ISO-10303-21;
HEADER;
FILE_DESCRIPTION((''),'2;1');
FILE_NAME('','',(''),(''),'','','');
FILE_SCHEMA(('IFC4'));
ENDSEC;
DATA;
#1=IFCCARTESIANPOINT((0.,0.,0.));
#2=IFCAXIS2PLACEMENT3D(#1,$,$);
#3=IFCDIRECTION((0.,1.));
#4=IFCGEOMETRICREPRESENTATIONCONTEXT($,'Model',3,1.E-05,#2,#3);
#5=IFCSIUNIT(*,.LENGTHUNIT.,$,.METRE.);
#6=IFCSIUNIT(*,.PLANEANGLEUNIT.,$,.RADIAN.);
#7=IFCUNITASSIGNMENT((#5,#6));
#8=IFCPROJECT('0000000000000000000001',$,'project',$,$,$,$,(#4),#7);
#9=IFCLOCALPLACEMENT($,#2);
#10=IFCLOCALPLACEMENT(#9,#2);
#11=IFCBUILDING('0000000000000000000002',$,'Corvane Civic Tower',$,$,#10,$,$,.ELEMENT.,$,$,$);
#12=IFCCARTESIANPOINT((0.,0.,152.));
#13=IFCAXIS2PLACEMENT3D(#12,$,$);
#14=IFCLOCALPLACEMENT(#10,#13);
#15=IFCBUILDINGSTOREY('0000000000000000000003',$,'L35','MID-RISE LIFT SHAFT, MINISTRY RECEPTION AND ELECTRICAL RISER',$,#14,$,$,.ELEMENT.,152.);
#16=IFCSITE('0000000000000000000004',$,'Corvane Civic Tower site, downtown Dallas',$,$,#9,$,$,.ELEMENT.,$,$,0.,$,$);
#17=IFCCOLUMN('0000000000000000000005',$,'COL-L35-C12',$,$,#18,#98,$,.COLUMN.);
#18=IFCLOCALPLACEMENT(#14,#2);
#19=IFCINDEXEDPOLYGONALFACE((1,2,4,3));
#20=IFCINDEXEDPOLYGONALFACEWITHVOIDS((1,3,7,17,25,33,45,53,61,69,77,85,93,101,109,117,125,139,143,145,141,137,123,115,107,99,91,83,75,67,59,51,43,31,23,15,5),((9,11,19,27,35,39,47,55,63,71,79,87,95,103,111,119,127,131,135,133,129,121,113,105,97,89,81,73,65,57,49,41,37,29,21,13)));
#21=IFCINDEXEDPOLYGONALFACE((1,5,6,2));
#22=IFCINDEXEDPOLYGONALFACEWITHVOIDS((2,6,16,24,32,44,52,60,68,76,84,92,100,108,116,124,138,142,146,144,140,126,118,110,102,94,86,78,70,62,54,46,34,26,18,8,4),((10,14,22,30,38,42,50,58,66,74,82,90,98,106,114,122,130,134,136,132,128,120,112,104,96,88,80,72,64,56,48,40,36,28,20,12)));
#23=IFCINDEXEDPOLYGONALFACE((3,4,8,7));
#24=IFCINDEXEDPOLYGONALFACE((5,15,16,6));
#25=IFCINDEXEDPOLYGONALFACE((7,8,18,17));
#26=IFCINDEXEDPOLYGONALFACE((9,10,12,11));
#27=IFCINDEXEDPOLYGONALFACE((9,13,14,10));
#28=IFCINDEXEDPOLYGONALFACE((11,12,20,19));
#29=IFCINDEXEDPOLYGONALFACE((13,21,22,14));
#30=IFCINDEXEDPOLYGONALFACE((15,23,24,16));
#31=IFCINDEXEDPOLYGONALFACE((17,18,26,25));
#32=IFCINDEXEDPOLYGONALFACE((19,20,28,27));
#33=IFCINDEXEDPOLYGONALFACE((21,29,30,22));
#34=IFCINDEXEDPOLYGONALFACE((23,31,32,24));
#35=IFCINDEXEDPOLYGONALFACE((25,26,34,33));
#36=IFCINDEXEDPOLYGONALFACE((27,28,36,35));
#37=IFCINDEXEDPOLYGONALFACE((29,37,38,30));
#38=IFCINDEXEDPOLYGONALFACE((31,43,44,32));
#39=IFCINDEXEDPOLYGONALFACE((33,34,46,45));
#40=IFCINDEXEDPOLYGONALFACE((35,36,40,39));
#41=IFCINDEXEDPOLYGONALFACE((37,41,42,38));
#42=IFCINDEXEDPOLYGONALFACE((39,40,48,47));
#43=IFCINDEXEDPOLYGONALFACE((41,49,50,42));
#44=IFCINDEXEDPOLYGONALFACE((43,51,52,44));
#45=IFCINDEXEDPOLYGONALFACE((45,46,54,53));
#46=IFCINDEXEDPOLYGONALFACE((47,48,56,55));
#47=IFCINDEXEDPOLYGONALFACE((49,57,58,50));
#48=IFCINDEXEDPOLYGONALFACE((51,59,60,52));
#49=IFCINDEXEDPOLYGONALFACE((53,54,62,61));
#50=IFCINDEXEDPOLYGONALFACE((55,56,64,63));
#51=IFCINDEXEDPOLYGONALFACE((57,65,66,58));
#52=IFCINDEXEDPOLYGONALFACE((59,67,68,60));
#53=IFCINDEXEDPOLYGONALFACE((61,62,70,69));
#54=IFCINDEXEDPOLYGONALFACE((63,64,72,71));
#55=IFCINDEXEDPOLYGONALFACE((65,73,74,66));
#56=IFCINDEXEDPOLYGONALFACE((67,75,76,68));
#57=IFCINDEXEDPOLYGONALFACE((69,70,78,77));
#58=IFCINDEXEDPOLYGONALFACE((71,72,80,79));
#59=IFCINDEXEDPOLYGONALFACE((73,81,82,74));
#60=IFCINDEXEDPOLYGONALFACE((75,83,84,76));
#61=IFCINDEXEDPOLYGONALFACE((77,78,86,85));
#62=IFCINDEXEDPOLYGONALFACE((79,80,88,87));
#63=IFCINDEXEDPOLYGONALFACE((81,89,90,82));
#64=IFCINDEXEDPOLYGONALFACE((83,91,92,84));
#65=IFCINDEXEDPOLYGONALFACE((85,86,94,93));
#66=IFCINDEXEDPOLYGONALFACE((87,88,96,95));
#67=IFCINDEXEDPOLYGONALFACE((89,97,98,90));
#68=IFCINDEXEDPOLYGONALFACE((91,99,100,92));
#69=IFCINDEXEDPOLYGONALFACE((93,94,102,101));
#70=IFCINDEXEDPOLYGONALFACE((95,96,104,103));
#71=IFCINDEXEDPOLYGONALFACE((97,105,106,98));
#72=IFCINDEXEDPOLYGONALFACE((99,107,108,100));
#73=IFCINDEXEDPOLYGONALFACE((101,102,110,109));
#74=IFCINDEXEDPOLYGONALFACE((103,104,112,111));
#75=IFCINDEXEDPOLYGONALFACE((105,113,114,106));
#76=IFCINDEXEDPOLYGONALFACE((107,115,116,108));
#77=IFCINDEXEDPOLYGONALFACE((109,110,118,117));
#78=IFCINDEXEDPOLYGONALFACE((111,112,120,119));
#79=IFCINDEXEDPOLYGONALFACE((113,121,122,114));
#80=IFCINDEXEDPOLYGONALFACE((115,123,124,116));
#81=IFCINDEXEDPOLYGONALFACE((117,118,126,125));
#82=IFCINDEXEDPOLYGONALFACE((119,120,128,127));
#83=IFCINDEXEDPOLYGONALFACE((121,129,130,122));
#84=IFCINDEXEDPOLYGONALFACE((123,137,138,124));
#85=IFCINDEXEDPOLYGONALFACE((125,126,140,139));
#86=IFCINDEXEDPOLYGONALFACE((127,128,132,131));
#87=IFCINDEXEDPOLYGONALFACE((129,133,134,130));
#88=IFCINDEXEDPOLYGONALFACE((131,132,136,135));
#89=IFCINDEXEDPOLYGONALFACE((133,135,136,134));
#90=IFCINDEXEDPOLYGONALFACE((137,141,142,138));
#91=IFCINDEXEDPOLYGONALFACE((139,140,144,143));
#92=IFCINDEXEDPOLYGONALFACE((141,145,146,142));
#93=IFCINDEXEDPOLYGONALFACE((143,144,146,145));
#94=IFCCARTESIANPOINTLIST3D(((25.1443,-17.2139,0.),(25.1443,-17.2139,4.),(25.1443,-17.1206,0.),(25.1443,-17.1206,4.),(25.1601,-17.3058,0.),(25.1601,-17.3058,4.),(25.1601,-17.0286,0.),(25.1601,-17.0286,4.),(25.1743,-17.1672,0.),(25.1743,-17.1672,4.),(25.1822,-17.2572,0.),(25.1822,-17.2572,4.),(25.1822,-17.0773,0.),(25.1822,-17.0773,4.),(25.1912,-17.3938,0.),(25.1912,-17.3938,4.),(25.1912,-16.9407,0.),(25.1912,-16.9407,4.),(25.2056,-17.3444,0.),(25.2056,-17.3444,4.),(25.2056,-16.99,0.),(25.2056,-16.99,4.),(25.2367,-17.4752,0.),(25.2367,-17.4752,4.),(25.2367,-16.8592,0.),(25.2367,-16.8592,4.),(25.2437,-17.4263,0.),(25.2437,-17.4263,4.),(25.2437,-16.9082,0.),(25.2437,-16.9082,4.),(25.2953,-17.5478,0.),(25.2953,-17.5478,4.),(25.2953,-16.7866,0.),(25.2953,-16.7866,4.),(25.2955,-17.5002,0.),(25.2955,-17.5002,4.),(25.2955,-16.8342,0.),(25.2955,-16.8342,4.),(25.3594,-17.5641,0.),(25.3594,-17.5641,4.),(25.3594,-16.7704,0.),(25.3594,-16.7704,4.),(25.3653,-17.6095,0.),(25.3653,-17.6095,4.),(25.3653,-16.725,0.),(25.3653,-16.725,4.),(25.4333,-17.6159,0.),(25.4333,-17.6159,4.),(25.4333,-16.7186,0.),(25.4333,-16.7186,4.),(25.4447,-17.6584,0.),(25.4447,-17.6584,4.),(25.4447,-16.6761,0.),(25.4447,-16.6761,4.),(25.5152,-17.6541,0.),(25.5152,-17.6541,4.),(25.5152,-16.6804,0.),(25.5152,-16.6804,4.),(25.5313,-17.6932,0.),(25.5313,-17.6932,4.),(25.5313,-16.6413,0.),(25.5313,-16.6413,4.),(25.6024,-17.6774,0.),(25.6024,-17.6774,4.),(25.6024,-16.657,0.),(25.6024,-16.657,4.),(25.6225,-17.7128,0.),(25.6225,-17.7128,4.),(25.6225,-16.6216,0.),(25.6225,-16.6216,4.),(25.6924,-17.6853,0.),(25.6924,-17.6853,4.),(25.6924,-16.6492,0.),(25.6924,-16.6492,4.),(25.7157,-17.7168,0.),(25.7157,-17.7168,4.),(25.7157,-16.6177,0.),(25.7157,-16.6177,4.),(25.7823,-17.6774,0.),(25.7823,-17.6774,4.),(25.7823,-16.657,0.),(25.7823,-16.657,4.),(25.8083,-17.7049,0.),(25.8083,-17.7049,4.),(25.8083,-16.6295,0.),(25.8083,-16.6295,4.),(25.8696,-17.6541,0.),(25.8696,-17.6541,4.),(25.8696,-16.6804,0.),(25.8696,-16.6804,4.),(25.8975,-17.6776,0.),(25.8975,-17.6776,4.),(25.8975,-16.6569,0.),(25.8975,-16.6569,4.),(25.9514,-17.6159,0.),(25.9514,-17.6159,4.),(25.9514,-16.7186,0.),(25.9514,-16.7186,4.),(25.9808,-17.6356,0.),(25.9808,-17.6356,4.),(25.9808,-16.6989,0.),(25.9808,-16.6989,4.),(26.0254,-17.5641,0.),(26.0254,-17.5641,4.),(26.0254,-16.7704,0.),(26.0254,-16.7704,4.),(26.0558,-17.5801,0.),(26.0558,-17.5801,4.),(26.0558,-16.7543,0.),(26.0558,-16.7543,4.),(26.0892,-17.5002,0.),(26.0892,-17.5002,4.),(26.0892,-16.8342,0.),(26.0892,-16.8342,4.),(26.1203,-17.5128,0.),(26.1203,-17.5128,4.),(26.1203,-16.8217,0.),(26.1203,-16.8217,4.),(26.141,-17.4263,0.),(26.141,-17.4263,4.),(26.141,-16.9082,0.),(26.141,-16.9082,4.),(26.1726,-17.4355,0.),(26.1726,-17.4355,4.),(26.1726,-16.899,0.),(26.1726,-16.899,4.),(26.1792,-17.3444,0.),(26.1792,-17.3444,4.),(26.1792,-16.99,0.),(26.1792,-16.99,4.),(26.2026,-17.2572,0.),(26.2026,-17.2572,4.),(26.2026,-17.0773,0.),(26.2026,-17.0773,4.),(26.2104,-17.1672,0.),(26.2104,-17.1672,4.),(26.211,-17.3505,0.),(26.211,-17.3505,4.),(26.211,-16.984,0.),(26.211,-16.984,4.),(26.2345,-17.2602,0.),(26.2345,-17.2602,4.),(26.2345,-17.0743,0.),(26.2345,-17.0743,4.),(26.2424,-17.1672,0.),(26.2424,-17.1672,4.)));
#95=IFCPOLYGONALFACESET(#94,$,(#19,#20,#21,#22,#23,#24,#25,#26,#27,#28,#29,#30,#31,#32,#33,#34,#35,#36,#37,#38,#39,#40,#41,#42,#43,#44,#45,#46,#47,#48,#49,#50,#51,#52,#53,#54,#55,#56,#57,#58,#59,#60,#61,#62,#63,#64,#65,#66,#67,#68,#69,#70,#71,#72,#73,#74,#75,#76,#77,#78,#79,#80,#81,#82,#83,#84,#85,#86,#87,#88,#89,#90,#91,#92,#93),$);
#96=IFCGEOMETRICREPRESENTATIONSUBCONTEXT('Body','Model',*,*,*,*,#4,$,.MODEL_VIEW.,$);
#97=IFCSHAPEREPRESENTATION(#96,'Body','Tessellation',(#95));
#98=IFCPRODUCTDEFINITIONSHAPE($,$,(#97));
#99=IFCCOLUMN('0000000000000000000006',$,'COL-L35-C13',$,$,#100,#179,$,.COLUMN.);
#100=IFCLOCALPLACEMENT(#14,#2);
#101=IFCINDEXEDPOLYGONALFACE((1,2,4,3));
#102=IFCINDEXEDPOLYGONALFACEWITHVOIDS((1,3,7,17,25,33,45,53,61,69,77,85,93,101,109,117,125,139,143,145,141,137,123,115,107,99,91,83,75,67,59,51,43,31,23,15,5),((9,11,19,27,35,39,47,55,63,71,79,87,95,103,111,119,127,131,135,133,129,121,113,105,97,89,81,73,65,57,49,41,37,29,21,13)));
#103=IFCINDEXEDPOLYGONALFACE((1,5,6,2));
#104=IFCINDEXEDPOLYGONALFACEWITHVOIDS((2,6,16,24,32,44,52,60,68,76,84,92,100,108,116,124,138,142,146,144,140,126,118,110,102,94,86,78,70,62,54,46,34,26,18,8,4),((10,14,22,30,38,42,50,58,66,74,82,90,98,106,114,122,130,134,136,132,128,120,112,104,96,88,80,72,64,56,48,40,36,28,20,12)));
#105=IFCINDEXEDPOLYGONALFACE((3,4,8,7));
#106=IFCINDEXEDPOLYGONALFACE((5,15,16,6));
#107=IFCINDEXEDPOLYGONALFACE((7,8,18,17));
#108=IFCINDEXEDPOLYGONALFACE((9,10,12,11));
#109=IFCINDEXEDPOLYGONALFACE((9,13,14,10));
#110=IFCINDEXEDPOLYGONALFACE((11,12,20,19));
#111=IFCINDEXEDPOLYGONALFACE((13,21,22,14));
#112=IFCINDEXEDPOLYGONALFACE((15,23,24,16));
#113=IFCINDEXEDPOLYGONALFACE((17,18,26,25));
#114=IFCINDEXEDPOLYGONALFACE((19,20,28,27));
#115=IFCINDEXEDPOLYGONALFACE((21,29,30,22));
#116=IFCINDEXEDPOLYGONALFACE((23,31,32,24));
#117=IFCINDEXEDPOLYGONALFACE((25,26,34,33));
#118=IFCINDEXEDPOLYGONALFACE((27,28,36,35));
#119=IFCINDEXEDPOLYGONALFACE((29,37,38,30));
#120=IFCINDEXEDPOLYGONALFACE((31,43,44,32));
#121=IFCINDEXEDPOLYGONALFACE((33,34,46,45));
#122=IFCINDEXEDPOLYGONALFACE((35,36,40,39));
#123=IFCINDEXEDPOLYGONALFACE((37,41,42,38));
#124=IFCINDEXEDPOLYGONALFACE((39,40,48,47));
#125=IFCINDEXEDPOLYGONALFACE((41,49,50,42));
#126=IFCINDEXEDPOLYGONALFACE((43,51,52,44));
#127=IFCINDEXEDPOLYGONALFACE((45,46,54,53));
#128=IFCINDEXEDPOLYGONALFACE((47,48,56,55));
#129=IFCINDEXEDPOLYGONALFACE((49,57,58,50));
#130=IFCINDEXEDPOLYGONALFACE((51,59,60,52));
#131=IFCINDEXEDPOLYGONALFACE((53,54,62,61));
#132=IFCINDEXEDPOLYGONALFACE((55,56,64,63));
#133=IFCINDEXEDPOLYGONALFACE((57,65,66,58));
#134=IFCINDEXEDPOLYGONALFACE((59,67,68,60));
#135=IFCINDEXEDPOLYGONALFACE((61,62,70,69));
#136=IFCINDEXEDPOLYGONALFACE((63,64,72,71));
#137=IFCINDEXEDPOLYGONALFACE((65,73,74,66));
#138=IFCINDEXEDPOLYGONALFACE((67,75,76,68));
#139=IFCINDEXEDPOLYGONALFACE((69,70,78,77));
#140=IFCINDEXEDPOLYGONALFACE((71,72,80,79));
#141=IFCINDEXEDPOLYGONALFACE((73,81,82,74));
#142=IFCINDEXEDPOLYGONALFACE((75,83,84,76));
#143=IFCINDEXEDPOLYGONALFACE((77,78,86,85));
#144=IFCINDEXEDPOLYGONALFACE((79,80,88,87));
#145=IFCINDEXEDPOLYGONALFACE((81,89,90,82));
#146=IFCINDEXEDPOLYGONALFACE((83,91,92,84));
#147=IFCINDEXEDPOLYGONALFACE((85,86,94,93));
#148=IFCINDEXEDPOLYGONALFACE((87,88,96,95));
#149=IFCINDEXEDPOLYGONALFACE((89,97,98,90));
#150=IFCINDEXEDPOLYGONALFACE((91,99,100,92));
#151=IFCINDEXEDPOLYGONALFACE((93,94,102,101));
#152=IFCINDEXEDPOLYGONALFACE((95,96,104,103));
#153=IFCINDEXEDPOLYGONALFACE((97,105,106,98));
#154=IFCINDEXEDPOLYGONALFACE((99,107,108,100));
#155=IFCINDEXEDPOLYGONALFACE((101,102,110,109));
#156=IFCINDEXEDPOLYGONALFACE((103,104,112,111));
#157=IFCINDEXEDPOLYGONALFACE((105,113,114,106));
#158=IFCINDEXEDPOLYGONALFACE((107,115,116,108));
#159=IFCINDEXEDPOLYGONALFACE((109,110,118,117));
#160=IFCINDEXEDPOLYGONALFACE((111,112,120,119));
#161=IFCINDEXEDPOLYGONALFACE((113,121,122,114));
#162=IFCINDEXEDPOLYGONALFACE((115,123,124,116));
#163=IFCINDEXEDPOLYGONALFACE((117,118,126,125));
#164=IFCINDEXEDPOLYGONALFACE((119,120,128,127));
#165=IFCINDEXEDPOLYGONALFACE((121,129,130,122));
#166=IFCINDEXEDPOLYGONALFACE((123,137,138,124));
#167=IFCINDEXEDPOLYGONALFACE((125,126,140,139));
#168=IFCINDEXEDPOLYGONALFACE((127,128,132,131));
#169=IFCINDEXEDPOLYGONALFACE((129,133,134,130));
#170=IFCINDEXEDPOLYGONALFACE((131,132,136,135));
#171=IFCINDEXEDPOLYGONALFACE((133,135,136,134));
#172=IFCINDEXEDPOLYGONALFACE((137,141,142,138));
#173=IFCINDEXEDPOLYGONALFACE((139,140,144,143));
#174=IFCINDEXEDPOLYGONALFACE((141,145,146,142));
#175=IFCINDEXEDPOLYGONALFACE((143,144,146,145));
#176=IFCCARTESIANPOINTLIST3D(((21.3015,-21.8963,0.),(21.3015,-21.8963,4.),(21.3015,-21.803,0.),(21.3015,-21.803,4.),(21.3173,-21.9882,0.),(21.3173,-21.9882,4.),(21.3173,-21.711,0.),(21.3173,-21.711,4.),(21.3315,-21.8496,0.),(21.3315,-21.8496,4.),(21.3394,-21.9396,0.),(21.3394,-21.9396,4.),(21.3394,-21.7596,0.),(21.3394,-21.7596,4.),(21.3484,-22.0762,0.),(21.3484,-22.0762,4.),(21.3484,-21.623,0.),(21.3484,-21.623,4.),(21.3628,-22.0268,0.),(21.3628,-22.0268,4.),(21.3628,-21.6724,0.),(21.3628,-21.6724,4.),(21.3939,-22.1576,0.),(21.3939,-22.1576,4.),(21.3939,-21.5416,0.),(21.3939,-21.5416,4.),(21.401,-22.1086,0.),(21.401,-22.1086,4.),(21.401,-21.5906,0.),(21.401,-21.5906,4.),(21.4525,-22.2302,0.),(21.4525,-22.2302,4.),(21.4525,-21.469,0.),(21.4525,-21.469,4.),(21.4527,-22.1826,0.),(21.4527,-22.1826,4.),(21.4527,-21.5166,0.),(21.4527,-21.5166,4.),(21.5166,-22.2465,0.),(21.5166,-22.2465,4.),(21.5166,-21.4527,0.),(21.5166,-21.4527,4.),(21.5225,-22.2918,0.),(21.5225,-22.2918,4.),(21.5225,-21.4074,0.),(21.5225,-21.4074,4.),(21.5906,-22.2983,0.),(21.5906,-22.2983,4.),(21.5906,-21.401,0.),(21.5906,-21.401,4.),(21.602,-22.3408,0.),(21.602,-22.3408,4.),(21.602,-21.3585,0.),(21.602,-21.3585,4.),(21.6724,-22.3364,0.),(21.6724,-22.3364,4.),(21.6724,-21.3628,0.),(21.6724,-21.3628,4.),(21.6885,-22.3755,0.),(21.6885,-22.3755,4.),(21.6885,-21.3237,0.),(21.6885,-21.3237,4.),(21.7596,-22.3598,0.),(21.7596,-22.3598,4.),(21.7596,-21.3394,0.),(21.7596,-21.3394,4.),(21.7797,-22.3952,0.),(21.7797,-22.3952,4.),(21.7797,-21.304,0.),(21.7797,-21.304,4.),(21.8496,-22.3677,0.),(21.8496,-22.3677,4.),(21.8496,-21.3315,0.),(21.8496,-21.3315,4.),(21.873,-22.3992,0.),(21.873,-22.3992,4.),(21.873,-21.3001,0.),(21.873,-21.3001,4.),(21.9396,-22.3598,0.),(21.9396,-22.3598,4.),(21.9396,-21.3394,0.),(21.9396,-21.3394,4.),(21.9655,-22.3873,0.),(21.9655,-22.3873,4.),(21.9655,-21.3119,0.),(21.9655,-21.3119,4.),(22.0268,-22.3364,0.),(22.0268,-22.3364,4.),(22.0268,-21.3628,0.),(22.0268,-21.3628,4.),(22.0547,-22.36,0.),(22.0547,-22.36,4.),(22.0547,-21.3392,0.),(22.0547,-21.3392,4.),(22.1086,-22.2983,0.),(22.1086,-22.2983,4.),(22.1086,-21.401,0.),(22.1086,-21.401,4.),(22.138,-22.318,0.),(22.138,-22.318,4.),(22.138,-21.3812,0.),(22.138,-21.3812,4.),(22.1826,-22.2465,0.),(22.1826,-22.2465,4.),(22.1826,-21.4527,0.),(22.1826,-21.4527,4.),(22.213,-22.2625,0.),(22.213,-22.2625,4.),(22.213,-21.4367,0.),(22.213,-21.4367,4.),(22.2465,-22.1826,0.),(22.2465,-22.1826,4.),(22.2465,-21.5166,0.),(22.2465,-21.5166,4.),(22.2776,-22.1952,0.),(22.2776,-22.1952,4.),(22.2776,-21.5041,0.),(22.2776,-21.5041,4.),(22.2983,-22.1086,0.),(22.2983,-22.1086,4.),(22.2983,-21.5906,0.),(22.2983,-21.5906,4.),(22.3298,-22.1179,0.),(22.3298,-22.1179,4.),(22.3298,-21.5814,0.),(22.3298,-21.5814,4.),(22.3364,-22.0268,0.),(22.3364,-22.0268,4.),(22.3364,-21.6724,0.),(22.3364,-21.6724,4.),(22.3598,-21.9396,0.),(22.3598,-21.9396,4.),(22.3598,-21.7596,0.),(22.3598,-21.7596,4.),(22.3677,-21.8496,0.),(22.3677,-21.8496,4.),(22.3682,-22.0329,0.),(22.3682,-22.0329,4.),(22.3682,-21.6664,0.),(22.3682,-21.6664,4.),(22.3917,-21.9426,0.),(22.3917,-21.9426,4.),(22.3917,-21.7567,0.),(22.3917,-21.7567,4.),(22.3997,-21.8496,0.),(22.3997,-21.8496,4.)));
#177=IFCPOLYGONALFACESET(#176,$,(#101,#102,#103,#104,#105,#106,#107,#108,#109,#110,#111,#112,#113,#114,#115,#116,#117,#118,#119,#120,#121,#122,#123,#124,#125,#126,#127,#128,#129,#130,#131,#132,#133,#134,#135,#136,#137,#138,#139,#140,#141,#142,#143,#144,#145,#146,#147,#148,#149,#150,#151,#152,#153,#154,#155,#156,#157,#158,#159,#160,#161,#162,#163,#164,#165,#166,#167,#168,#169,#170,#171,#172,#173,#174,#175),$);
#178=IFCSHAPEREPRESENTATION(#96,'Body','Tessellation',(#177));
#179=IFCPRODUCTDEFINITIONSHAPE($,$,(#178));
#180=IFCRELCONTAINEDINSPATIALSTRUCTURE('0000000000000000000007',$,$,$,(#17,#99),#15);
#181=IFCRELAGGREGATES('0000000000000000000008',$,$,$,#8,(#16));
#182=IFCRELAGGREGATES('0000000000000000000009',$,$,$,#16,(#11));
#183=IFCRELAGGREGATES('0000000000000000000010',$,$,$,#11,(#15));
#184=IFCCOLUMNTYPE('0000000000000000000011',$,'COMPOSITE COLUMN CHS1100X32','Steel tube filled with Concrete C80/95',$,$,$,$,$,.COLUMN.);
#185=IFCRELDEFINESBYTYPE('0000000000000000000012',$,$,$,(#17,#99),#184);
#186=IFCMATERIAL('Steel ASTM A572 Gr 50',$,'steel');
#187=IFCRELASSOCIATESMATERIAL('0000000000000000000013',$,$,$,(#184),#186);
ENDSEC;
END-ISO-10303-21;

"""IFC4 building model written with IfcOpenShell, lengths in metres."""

from ifc_helpers import new_model, si_unit, direction, frame, origin, origin_2d, place, context, subcontext, project, spatial, hollow_circle, extrude, material, material_profile, profile_set, type_object, element, save


model = new_model("IFC4")

# Units and contexts
model_context = context("Model", 3, precision=1e-05, world=origin(), true_north=direction((0.0, 1.0)))
body_context = subcontext(model_context, "Body", "Model", "MODEL_VIEW")
ifc_project = project(units=[si_unit("LENGTHUNIT", "METRE"), si_unit("PLANEANGLEUNIT", "RADIAN")], contexts=[model_context])

# Site, building, storey
site_placement = place(None, origin())
site = spatial("IfcSite", under=ifc_project, at=site_placement, Name="Corvane Civic Tower site, downtown Dallas", CompositionType="ELEMENT", RefElevation=0.0)
building_placement = place(site_placement, origin())
building = spatial("IfcBuilding", under=site, at=building_placement, Name="Corvane Civic Tower", CompositionType="ELEMENT")
storey_placement = place(building_placement, frame((0.0, 0.0, 152.0)))
storey = spatial("IfcBuildingStorey", under=building, at=storey_placement, Name="L35", Description="MID-RISE LIFT SHAFT, MINISTRY RECEPTION AND ELECTRICAL RISER", CompositionType="ELEMENT", Elevation=152.0)

# Columns
ifc_material_1 = material(Name="Steel ASTM A572 Gr 50", Category="steel")
ifc_material_profile_1 = material_profile(ifc_material_1, hollow_circle(Radius=0.55, WallThickness=0.032, at=origin_2d()), Name="CHS1100X32")
ifc_profile_set_1 = profile_set([ifc_material_profile_1], Name="Steel ASTM A572 Gr 50")
column_type = type_object("IfcColumnType", Name="COMPOSITE COLUMN CHS1100X32", Description="Steel tube filled with Concrete C80/95", PredefinedType="COLUMN", material=ifc_profile_set_1)
for number, where, z_axis, x_axis, name in (
    (1, (25.6924, -17.1672, 0.0), (0.0, 0.0, 1.0), (1.0, 0.0, 0.0), "COL-L35-C12"),
    (2, (21.8496, -21.8496, 0.0), (0.0, 0.0, 1.0), (1.0, 0.0, 0.0), "COL-L35-C13"),
):
    element("IfcColumn", number, at=place(storey_placement, frame(where, z_axis=z_axis, x_axis=x_axis)), inside=storey, type_object=column_type, Name=name, PredefinedType="COLUMN", context=body_context, shape_type="SweptSolid", body=[
        extrude(hollow_circle(Radius=0.55, WallThickness=0.032, at=origin_2d()), origin(), (0.0, 0.0, 1.0), 4.0),
    ])

save(model, "model.ifc")
